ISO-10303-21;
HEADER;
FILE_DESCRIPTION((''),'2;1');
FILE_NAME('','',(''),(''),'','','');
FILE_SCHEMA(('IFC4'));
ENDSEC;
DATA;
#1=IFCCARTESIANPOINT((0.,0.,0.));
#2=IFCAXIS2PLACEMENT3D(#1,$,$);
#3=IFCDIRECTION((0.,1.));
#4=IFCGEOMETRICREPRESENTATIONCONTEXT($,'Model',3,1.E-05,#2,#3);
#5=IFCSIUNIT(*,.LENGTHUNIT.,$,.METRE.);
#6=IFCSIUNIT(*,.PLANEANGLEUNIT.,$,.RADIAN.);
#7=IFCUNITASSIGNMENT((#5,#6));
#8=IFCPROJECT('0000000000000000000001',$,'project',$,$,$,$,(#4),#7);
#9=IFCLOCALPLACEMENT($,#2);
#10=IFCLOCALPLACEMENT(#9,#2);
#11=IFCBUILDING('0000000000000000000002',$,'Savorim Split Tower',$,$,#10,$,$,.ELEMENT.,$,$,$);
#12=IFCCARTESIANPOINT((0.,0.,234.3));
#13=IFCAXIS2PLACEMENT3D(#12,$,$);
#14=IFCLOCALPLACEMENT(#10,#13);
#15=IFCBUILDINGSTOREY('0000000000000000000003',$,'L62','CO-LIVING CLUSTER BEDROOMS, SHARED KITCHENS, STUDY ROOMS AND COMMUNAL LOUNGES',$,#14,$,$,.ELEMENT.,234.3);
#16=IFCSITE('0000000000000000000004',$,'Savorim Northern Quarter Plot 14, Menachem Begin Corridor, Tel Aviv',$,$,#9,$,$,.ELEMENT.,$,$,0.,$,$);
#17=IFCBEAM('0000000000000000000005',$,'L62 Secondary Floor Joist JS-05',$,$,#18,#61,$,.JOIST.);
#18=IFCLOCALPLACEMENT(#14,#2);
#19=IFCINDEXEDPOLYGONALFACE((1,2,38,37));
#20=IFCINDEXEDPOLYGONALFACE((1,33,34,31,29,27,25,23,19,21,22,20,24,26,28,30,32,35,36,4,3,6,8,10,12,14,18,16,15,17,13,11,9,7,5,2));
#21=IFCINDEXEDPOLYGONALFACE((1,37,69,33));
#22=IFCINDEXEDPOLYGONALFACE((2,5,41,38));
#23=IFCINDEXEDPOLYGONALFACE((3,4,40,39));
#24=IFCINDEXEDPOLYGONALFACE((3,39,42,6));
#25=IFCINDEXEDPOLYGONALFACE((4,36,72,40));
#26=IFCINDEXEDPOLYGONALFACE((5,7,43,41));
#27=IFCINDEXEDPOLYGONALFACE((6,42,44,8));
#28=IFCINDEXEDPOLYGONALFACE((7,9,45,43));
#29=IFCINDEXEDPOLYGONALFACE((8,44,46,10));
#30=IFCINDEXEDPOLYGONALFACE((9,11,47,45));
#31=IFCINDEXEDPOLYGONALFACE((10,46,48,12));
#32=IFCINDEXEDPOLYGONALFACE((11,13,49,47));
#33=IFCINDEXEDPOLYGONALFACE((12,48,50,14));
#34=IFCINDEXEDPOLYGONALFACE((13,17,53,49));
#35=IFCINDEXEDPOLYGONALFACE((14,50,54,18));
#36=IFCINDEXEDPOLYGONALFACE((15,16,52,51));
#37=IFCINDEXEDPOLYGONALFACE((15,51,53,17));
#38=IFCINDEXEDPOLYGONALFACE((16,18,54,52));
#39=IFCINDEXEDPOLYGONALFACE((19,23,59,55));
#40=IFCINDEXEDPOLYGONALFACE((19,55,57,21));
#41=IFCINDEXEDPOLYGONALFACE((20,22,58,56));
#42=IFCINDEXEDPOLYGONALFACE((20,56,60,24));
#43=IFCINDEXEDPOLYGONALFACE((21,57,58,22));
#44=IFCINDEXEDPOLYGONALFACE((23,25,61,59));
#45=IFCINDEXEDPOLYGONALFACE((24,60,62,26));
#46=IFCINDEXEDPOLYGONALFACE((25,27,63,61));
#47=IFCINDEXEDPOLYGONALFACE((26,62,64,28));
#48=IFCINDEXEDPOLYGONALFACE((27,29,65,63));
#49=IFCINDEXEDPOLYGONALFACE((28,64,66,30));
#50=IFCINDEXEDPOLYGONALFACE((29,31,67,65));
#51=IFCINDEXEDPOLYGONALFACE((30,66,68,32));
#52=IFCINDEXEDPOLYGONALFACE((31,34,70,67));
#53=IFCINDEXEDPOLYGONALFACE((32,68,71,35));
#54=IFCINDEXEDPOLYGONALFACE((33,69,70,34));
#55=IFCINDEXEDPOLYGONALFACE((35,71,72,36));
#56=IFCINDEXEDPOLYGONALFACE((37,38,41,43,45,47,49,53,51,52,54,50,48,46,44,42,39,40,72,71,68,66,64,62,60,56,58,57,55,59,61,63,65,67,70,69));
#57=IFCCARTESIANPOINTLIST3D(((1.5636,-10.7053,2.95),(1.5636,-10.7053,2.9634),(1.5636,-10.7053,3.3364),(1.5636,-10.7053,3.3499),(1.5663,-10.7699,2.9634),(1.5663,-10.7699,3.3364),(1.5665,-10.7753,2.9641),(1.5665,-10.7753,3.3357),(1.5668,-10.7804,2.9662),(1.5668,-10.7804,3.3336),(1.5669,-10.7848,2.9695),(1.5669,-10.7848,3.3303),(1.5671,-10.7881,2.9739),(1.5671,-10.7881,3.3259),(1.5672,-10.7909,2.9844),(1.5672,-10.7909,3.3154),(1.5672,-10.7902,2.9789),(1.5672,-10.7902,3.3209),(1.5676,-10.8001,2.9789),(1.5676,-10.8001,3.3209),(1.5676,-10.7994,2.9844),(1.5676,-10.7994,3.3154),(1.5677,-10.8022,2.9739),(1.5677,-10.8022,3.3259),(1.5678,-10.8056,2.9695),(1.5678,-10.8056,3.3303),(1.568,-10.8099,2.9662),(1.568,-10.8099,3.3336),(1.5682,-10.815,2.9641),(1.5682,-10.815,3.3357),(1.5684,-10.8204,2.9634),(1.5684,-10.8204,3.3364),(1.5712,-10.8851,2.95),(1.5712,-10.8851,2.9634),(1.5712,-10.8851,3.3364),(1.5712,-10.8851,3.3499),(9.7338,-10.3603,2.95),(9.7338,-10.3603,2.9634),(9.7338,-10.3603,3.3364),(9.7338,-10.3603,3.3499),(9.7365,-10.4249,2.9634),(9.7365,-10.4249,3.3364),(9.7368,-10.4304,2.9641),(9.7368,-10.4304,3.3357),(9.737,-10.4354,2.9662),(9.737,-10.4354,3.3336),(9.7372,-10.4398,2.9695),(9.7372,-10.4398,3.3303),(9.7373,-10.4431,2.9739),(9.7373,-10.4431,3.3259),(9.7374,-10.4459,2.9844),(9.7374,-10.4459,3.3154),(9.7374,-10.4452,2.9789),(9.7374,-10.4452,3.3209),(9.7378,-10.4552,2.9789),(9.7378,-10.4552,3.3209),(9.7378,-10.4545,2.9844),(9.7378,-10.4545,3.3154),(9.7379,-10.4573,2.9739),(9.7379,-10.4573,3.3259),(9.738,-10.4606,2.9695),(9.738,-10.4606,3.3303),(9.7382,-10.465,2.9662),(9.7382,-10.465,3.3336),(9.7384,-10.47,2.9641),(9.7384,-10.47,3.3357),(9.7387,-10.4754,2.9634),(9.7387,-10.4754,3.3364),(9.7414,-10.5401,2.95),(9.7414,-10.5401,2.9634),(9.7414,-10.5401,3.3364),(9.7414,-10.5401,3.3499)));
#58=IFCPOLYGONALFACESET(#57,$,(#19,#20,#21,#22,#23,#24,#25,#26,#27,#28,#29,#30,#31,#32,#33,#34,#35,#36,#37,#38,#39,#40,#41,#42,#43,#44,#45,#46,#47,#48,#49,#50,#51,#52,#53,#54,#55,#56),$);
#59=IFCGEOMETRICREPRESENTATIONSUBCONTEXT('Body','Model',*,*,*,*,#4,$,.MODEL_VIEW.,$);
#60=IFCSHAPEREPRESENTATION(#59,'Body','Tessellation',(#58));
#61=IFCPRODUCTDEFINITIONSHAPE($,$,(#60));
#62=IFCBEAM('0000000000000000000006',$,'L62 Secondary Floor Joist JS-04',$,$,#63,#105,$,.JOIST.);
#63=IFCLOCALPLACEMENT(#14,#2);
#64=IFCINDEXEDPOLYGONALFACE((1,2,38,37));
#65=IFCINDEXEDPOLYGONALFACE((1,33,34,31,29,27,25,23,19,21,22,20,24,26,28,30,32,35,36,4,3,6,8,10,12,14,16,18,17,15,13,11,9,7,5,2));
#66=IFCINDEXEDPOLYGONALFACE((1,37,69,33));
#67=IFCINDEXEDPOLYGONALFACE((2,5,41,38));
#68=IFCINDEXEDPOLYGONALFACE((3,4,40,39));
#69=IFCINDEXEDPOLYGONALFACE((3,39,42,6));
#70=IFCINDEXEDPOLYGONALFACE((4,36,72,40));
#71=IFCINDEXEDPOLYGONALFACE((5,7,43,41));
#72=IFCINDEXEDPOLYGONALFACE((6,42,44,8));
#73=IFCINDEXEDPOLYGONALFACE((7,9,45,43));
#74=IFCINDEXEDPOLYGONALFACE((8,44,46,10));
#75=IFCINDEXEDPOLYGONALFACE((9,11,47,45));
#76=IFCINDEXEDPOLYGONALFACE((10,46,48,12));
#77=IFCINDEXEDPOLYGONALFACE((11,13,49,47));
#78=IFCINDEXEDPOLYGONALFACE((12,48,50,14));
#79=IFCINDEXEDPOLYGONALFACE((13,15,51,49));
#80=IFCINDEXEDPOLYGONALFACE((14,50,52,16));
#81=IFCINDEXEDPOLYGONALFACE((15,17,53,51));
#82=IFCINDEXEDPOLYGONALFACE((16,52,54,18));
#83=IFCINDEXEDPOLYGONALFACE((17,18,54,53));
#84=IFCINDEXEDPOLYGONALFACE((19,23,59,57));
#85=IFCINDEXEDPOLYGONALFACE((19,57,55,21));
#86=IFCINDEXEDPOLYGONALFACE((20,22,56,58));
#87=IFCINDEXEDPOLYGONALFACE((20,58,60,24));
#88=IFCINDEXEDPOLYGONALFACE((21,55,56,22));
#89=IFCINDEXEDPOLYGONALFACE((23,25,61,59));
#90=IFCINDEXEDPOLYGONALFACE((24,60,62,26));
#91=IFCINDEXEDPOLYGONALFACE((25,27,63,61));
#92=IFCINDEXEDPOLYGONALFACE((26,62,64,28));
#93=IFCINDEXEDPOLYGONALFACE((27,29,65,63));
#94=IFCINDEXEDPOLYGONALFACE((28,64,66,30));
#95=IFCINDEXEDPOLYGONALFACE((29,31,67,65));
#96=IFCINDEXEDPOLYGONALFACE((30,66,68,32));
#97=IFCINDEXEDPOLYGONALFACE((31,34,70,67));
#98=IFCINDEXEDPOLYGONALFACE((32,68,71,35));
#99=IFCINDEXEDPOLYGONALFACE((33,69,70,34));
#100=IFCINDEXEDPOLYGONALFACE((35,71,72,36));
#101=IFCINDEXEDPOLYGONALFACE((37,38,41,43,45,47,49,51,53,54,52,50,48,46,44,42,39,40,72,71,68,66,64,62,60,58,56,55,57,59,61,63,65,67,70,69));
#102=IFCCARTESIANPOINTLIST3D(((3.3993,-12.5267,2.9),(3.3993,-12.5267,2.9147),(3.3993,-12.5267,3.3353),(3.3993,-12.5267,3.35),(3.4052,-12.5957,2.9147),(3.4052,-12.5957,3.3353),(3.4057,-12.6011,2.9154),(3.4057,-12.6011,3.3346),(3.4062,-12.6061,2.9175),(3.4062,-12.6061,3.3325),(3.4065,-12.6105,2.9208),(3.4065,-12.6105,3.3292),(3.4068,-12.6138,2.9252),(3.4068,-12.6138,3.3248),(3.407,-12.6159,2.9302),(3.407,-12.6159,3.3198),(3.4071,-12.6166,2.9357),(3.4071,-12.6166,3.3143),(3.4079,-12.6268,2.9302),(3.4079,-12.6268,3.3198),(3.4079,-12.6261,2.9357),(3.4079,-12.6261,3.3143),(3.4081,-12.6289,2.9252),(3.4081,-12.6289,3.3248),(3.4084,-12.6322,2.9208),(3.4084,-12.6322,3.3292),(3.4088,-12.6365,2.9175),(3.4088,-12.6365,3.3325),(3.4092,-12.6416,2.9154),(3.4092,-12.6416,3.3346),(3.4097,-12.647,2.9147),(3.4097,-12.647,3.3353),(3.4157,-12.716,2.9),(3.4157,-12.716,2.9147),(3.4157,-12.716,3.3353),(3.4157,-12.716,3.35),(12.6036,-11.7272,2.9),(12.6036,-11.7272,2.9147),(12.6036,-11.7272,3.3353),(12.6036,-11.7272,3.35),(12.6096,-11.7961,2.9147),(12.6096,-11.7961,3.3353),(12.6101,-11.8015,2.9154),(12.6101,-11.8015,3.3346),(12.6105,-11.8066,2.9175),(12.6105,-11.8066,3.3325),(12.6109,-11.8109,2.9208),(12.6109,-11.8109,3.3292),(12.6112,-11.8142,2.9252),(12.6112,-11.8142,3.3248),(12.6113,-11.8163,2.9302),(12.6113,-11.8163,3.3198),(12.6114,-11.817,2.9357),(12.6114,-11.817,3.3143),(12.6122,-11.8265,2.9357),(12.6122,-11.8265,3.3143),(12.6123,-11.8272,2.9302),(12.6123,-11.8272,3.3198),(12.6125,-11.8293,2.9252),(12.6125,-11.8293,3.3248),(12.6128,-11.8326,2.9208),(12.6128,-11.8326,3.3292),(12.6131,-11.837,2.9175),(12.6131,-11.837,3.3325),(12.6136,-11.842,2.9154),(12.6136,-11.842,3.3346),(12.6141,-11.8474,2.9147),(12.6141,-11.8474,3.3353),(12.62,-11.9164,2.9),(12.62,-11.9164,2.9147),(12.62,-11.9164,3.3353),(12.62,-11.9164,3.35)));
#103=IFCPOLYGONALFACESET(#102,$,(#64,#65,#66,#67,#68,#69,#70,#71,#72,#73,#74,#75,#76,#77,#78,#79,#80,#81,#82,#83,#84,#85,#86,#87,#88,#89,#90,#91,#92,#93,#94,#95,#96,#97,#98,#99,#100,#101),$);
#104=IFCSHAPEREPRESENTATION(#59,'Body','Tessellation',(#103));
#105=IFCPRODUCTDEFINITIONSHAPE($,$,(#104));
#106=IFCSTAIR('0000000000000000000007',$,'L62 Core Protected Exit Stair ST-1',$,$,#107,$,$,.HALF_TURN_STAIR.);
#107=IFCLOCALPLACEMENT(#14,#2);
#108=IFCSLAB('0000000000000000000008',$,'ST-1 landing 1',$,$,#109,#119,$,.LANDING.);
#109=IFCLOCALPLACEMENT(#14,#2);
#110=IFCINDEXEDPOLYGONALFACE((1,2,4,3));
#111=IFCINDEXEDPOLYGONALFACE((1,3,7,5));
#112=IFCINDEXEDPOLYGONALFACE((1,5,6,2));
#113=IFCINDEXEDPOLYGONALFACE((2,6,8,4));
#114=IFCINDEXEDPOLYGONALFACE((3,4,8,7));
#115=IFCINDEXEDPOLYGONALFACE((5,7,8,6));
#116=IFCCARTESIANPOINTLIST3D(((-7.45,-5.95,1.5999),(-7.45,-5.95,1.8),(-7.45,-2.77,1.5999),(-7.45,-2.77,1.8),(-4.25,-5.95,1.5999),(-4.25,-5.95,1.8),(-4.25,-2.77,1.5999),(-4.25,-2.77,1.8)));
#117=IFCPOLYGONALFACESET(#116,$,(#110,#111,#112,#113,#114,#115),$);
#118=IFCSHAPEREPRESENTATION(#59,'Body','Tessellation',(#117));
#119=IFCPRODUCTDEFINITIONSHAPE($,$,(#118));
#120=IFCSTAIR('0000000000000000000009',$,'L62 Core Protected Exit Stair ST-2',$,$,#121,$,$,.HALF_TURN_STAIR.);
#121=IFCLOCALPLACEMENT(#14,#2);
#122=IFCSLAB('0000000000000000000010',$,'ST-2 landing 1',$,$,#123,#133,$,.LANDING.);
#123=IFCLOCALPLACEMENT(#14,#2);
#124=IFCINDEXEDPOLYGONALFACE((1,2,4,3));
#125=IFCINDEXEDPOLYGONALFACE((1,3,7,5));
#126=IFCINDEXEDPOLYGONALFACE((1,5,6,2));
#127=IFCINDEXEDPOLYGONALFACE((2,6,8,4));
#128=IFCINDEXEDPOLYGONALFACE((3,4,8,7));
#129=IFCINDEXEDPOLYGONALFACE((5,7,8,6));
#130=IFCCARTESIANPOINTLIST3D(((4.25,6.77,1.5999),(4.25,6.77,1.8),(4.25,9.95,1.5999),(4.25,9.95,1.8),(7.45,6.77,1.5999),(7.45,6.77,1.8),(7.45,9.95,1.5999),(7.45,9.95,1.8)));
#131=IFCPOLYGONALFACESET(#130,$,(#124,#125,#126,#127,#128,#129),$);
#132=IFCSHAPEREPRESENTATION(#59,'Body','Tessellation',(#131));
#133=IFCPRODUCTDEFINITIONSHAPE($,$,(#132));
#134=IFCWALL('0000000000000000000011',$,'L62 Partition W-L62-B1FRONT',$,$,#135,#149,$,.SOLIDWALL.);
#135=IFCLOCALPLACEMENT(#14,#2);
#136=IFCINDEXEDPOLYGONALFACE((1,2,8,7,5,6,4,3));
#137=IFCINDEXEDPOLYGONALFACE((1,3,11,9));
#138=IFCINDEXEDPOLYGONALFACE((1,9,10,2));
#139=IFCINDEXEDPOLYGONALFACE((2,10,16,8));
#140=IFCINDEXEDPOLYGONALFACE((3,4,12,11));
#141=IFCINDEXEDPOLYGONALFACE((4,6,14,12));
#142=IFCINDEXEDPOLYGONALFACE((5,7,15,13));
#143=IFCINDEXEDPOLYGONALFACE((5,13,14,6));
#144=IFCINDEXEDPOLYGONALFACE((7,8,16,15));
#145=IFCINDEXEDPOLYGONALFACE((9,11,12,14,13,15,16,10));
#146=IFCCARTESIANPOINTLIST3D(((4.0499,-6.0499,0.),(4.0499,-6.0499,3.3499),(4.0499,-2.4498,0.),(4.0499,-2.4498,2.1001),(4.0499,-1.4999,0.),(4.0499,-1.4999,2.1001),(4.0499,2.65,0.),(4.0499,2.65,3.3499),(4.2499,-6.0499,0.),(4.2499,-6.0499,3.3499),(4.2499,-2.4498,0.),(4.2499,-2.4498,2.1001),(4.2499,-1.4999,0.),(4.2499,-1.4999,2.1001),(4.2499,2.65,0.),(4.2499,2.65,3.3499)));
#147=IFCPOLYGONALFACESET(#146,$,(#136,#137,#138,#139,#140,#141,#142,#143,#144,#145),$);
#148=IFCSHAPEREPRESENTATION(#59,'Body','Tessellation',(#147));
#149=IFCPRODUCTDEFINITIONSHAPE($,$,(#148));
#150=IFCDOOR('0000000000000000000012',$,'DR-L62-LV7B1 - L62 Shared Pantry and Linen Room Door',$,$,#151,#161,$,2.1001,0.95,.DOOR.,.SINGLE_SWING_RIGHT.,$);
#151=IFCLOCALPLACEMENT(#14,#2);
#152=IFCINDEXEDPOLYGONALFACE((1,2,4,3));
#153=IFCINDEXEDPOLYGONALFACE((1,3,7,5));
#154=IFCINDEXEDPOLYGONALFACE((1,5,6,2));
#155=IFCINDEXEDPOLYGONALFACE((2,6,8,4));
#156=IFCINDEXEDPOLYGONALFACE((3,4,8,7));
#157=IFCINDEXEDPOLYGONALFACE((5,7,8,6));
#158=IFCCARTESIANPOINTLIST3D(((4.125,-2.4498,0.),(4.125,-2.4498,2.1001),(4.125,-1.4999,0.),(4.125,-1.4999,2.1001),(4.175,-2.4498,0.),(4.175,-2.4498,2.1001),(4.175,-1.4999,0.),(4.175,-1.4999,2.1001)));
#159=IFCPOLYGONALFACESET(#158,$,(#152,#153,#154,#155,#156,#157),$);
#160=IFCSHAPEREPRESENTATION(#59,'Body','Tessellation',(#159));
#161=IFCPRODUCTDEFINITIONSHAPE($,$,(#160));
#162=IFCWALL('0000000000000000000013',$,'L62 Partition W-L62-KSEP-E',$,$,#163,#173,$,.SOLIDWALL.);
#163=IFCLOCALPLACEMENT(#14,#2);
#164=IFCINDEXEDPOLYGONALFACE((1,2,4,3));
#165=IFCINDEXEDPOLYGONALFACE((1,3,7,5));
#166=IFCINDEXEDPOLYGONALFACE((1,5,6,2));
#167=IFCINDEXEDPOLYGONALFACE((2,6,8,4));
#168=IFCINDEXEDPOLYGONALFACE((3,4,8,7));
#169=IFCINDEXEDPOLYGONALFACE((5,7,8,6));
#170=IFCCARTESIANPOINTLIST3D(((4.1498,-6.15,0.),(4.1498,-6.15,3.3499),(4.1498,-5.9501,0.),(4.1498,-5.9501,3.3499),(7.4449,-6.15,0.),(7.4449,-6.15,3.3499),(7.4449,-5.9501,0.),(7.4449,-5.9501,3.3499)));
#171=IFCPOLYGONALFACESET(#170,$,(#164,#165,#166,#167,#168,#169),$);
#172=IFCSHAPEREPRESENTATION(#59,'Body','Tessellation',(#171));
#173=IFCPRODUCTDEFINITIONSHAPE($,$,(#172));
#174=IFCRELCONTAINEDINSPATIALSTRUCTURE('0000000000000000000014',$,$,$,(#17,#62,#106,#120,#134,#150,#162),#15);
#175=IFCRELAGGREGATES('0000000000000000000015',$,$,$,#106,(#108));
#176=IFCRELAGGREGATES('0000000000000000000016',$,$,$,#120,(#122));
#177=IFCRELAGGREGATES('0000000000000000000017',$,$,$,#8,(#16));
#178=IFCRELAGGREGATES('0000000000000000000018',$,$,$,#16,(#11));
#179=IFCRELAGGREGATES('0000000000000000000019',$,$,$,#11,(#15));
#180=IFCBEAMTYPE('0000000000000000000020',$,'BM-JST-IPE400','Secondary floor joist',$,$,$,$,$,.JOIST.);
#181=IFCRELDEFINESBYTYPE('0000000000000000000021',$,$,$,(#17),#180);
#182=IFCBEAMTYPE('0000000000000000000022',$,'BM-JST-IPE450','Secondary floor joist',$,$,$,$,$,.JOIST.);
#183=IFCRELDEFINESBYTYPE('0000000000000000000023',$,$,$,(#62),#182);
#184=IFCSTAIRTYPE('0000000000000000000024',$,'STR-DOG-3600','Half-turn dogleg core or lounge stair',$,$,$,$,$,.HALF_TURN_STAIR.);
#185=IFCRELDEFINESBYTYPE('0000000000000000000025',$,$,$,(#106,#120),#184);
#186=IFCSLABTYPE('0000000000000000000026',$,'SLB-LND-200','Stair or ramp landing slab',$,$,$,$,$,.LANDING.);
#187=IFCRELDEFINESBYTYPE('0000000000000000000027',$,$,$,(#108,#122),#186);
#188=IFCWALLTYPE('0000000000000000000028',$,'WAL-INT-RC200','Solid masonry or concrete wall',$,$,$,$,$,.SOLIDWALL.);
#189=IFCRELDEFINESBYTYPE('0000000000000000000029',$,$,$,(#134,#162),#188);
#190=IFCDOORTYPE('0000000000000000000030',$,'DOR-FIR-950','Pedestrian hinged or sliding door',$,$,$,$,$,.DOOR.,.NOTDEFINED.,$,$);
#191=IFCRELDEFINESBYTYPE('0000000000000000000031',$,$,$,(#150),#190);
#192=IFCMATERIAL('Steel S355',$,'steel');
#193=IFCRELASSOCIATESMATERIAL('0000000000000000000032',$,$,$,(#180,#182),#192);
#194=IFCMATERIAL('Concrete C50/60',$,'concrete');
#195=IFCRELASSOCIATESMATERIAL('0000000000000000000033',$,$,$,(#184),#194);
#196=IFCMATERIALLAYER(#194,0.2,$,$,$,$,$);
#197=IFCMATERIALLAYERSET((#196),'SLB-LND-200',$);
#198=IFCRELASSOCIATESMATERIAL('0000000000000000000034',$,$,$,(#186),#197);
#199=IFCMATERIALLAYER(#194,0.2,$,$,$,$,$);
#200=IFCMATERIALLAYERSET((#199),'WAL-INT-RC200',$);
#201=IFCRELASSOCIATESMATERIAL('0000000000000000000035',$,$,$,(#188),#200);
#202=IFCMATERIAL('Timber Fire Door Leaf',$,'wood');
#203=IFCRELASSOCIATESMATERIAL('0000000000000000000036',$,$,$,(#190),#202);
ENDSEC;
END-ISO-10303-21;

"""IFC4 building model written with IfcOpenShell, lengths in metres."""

from ifc_helpers import new_model, si_unit, direction, frame, frame_2d, origin, origin_2d, place, context, subcontext, project, spatial, polyline, rectangle, i_section, outline, extrude, material, layer, layer_set, material_profile, profile_set, type_object, element, fill, aggregate, save


model = new_model("IFC4")

# Units and contexts
model_context = context("Model", 3, precision=1e-05, world=origin(), true_north=direction((0.0, 1.0)))
body_context = subcontext(model_context, "Body", "Model", "MODEL_VIEW")
ifc_project = project(units=[si_unit("LENGTHUNIT", "METRE"), si_unit("PLANEANGLEUNIT", "RADIAN")], contexts=[model_context])

# Site, building, storey
site_placement = place(None, origin())
site = spatial("IfcSite", under=ifc_project, at=site_placement, Name="Savorim Northern Quarter Plot 14, Menachem Begin Corridor, Tel Aviv", CompositionType="ELEMENT", RefElevation=0.0)
building_placement = place(site_placement, origin())
building = spatial("IfcBuilding", under=site, at=building_placement, Name="Savorim Split Tower", CompositionType="ELEMENT")
storey_placement = place(building_placement, frame((0.0, 0.0, 234.3)))
storey = spatial("IfcBuildingStorey", under=building, at=storey_placement, Name="L62", Description="CO-LIVING CLUSTER BEDROOMS, SHARED KITCHENS, STUDY ROOMS AND COMMUNAL LOUNGES", CompositionType="ELEMENT", Elevation=234.3)

# Beams
ifc_material_1 = material(Name="Steel S355", Category="steel")
ifc_material_profile_1 = material_profile(ifc_material_1, i_section(OverallWidth=0.1799, OverallDepth=0.3999, WebThickness=0.0085, FlangeThickness=0.0134, FilletRadius=0.021, at=origin_2d()), Name="IPE 400")
ifc_profile_set_1 = profile_set([ifc_material_profile_1], Name="Steel S355")
beam_type_1 = type_object("IfcBeamType", Name="BM-JST-IPE400", Description="Secondary floor joist", PredefinedType="JOIST", material=ifc_profile_set_1)
beam_1_placement = place(storey_placement, frame((1.5674, -10.7952, 3.1499), z_axis=(0.99911, 0.042186, 0.0), x_axis=(-0.042186, 0.99911, 0.0)))
element("IfcBeam", 1, at=beam_1_placement, inside=storey, type_object=beam_type_1, Name="L62 Secondary Floor Joist JS-05", PredefinedType="JOIST", context=body_context, shape_type="SweptSolid", body=[
    extrude(i_section(OverallWidth=0.1799, OverallDepth=0.3999, WebThickness=0.0085, FlangeThickness=0.0134, FilletRadius=0.021, at=origin_2d()), origin(), (0.0, 0.0, 1.0), 8.1775),
])
ifc_material_profile_2 = material_profile(ifc_material_1, i_section(OverallWidth=0.1899, OverallDepth=0.45, WebThickness=0.0095, FlangeThickness=0.0146, FilletRadius=0.021, at=origin_2d()), Name="IPE 450")
ifc_profile_set_2 = profile_set([ifc_material_profile_2], Name="Steel S355")
beam_type_2 = type_object("IfcBeamType", Name="BM-JST-IPE450", Description="Secondary floor joist", PredefinedType="JOIST", material=ifc_profile_set_2)
beam_2_placement = place(storey_placement, frame((3.4075, -12.6213, 3.125), z_axis=(0.996248, 0.086542, 0.0), x_axis=(-0.086542, 0.996248, 0.0)))
element("IfcBeam", 2, at=beam_2_placement, inside=storey, type_object=beam_type_2, Name="L62 Secondary Floor Joist JS-04", PredefinedType="JOIST", context=body_context, shape_type="SweptSolid", body=[
    extrude(i_section(OverallWidth=0.1899, OverallDepth=0.45, WebThickness=0.0095, FlangeThickness=0.0146, FilletRadius=0.021, at=origin_2d()), origin(), (0.0, 0.0, 1.0), 9.239),
])

# Stairs, slabs
ifc_material_2 = material(Name="Concrete C50/60", Category="concrete")
stair_type = type_object("IfcStairType", Name="STR-DOG-3600", Description="Half-turn dogleg core or lounge stair", PredefinedType="HALF_TURN_STAIR", material=ifc_material_2)
stair_1_placement = place(storey_placement, origin())
stair_1 = element("IfcStair", 3, at=stair_1_placement, inside=storey, type_object=stair_type, Name="L62 Core Protected Exit Stair ST-1", PredefinedType="HALF_TURN_STAIR")
ifc_layer_1 = layer(ifc_material_2, 0.2)
ifc_layer_set_1 = layer_set([ifc_layer_1], Name="SLB-LND-200")
slab_type = type_object("IfcSlabType", Name="SLB-LND-200", Description="Stair or ramp landing slab", PredefinedType="LANDING", material=ifc_layer_set_1)
slab_1_placement = place(storey_placement, frame((0.0, 0.0, 1.5999)))
slab_1 = element("IfcSlab", 4, at=slab_1_placement, type_object=slab_type, Name="ST-1 landing 1", PredefinedType="LANDING", context=body_context, shape_type="SweptSolid", body=[
    extrude(outline(polyline([(-7.45, -2.77), (-7.45, -5.95), (-4.25, -5.95), (-4.25, -2.77), (-7.45, -2.77)])), origin(), (0.0, 0.0, 1.0), 0.2002),
])
aggregate(stair_1, [slab_1])
stair_2_placement = place(storey_placement, origin())
stair_2 = element("IfcStair", 5, at=stair_2_placement, inside=storey, type_object=stair_type, Name="L62 Core Protected Exit Stair ST-2", PredefinedType="HALF_TURN_STAIR")
slab_2_placement = place(storey_placement, frame((0.0, 0.0, 1.5999)))
slab_2 = element("IfcSlab", 6, at=slab_2_placement, type_object=slab_type, Name="ST-2 landing 1", PredefinedType="LANDING", context=body_context, shape_type="SweptSolid", body=[
    extrude(outline(polyline([(7.45, 6.77), (7.45, 9.95), (4.25, 9.95), (4.25, 6.77), (7.45, 6.77)])), origin(), (0.0, 0.0, 1.0), 0.2002),
])
aggregate(stair_2, [slab_2])

# Wall, opening, door
ifc_layer_2 = layer(ifc_material_2, 0.2)
ifc_layer_set_2 = layer_set([ifc_layer_2], Name="WAL-INT-RC200")
wall_type_1 = type_object("IfcWallType", Name="WAL-INT-RC200", Description="Solid masonry or concrete wall", PredefinedType="SOLIDWALL", material=ifc_layer_set_2)
wall_1_placement = place(storey_placement, frame((4.1499, -6.05, 0.0), z_axis=(0.0, 0.0, 1.0), x_axis=(0.0, 1.0, 0.0)))
wall_1 = element("IfcWall", 7, at=wall_1_placement, inside=storey, type_object=wall_type_1, Name="L62 Partition W-L62-B1FRONT", PredefinedType="SOLIDWALL", context=body_context, shape_type="SweptSolid", body=[
    extrude(rectangle(XDim=8.7, YDim=0.2, at=frame_2d((4.3501, 0.0))), origin(), (0.0, 0.0, 1.0), 3.3499),
])
opening_1_placement = place(wall_1_placement, frame((3.6001, 0.0, 0.0)))
opening_1 = element("IfcOpeningElement", 8, at=opening_1_placement, cuts=wall_1, PredefinedType="OPENING", context=body_context, shape_type="SweptSolid", body=[
    extrude(rectangle(XDim=0.95, YDim=2.1001, at=frame_2d((0.4751, 1.05))), frame((0.0, 0.1099, 0.0), z_axis=(0.0, -1.0, 0.0), x_axis=(1.0, 0.0, 0.0)), (0.0, 0.0, 1.0), 0.22),
])
ifc_material_3 = material(Name="Timber Fire Door Leaf", Category="wood")
door_type_1 = type_object("IfcDoorType", Name="DOR-FIR-950", Description="Pedestrian hinged or sliding door", OperationType="NOTDEFINED", PredefinedType="DOOR", material=ifc_material_3)
door_1_placement = place(opening_1_placement, origin())
door_1 = element("IfcDoor", 9, at=door_1_placement, inside=storey, type_object=door_type_1, Name="DR-L62-LV7B1 - L62 Shared Pantry and Linen Room Door", OperationType="SINGLE_SWING_RIGHT", OverallHeight=2.1001, OverallWidth=0.95, PredefinedType="DOOR", context=body_context, shape_type="SweptSolid", body=[
    extrude(rectangle(XDim=0.95, YDim=2.1001, at=frame_2d((0.4751, 1.05))), frame((0.0, 0.0249, 0.0), z_axis=(0.0, -1.0, 0.0), x_axis=(1.0, 0.0, 0.0)), (0.0, 0.0, 1.0), 0.05),
])
fill(opening_1, door_1)

# Wall
wall_2_placement = place(storey_placement, frame((4.1499, -6.05, 0.0), z_axis=(0.0, 0.0, 1.0), x_axis=(1.0, 0.0, 0.0)))
element("IfcWall", 10, at=wall_2_placement, inside=storey, type_object=wall_type_1, Name="L62 Partition W-L62-KSEP-E", PredefinedType="SOLIDWALL", context=body_context, shape_type="SweptSolid", body=[
    extrude(rectangle(XDim=3.2952, YDim=0.2, at=frame_2d((1.6475, 0.0))), origin(), (0.0, 0.0, 1.0), 3.3499),
])

save(model, "model.ifc")
